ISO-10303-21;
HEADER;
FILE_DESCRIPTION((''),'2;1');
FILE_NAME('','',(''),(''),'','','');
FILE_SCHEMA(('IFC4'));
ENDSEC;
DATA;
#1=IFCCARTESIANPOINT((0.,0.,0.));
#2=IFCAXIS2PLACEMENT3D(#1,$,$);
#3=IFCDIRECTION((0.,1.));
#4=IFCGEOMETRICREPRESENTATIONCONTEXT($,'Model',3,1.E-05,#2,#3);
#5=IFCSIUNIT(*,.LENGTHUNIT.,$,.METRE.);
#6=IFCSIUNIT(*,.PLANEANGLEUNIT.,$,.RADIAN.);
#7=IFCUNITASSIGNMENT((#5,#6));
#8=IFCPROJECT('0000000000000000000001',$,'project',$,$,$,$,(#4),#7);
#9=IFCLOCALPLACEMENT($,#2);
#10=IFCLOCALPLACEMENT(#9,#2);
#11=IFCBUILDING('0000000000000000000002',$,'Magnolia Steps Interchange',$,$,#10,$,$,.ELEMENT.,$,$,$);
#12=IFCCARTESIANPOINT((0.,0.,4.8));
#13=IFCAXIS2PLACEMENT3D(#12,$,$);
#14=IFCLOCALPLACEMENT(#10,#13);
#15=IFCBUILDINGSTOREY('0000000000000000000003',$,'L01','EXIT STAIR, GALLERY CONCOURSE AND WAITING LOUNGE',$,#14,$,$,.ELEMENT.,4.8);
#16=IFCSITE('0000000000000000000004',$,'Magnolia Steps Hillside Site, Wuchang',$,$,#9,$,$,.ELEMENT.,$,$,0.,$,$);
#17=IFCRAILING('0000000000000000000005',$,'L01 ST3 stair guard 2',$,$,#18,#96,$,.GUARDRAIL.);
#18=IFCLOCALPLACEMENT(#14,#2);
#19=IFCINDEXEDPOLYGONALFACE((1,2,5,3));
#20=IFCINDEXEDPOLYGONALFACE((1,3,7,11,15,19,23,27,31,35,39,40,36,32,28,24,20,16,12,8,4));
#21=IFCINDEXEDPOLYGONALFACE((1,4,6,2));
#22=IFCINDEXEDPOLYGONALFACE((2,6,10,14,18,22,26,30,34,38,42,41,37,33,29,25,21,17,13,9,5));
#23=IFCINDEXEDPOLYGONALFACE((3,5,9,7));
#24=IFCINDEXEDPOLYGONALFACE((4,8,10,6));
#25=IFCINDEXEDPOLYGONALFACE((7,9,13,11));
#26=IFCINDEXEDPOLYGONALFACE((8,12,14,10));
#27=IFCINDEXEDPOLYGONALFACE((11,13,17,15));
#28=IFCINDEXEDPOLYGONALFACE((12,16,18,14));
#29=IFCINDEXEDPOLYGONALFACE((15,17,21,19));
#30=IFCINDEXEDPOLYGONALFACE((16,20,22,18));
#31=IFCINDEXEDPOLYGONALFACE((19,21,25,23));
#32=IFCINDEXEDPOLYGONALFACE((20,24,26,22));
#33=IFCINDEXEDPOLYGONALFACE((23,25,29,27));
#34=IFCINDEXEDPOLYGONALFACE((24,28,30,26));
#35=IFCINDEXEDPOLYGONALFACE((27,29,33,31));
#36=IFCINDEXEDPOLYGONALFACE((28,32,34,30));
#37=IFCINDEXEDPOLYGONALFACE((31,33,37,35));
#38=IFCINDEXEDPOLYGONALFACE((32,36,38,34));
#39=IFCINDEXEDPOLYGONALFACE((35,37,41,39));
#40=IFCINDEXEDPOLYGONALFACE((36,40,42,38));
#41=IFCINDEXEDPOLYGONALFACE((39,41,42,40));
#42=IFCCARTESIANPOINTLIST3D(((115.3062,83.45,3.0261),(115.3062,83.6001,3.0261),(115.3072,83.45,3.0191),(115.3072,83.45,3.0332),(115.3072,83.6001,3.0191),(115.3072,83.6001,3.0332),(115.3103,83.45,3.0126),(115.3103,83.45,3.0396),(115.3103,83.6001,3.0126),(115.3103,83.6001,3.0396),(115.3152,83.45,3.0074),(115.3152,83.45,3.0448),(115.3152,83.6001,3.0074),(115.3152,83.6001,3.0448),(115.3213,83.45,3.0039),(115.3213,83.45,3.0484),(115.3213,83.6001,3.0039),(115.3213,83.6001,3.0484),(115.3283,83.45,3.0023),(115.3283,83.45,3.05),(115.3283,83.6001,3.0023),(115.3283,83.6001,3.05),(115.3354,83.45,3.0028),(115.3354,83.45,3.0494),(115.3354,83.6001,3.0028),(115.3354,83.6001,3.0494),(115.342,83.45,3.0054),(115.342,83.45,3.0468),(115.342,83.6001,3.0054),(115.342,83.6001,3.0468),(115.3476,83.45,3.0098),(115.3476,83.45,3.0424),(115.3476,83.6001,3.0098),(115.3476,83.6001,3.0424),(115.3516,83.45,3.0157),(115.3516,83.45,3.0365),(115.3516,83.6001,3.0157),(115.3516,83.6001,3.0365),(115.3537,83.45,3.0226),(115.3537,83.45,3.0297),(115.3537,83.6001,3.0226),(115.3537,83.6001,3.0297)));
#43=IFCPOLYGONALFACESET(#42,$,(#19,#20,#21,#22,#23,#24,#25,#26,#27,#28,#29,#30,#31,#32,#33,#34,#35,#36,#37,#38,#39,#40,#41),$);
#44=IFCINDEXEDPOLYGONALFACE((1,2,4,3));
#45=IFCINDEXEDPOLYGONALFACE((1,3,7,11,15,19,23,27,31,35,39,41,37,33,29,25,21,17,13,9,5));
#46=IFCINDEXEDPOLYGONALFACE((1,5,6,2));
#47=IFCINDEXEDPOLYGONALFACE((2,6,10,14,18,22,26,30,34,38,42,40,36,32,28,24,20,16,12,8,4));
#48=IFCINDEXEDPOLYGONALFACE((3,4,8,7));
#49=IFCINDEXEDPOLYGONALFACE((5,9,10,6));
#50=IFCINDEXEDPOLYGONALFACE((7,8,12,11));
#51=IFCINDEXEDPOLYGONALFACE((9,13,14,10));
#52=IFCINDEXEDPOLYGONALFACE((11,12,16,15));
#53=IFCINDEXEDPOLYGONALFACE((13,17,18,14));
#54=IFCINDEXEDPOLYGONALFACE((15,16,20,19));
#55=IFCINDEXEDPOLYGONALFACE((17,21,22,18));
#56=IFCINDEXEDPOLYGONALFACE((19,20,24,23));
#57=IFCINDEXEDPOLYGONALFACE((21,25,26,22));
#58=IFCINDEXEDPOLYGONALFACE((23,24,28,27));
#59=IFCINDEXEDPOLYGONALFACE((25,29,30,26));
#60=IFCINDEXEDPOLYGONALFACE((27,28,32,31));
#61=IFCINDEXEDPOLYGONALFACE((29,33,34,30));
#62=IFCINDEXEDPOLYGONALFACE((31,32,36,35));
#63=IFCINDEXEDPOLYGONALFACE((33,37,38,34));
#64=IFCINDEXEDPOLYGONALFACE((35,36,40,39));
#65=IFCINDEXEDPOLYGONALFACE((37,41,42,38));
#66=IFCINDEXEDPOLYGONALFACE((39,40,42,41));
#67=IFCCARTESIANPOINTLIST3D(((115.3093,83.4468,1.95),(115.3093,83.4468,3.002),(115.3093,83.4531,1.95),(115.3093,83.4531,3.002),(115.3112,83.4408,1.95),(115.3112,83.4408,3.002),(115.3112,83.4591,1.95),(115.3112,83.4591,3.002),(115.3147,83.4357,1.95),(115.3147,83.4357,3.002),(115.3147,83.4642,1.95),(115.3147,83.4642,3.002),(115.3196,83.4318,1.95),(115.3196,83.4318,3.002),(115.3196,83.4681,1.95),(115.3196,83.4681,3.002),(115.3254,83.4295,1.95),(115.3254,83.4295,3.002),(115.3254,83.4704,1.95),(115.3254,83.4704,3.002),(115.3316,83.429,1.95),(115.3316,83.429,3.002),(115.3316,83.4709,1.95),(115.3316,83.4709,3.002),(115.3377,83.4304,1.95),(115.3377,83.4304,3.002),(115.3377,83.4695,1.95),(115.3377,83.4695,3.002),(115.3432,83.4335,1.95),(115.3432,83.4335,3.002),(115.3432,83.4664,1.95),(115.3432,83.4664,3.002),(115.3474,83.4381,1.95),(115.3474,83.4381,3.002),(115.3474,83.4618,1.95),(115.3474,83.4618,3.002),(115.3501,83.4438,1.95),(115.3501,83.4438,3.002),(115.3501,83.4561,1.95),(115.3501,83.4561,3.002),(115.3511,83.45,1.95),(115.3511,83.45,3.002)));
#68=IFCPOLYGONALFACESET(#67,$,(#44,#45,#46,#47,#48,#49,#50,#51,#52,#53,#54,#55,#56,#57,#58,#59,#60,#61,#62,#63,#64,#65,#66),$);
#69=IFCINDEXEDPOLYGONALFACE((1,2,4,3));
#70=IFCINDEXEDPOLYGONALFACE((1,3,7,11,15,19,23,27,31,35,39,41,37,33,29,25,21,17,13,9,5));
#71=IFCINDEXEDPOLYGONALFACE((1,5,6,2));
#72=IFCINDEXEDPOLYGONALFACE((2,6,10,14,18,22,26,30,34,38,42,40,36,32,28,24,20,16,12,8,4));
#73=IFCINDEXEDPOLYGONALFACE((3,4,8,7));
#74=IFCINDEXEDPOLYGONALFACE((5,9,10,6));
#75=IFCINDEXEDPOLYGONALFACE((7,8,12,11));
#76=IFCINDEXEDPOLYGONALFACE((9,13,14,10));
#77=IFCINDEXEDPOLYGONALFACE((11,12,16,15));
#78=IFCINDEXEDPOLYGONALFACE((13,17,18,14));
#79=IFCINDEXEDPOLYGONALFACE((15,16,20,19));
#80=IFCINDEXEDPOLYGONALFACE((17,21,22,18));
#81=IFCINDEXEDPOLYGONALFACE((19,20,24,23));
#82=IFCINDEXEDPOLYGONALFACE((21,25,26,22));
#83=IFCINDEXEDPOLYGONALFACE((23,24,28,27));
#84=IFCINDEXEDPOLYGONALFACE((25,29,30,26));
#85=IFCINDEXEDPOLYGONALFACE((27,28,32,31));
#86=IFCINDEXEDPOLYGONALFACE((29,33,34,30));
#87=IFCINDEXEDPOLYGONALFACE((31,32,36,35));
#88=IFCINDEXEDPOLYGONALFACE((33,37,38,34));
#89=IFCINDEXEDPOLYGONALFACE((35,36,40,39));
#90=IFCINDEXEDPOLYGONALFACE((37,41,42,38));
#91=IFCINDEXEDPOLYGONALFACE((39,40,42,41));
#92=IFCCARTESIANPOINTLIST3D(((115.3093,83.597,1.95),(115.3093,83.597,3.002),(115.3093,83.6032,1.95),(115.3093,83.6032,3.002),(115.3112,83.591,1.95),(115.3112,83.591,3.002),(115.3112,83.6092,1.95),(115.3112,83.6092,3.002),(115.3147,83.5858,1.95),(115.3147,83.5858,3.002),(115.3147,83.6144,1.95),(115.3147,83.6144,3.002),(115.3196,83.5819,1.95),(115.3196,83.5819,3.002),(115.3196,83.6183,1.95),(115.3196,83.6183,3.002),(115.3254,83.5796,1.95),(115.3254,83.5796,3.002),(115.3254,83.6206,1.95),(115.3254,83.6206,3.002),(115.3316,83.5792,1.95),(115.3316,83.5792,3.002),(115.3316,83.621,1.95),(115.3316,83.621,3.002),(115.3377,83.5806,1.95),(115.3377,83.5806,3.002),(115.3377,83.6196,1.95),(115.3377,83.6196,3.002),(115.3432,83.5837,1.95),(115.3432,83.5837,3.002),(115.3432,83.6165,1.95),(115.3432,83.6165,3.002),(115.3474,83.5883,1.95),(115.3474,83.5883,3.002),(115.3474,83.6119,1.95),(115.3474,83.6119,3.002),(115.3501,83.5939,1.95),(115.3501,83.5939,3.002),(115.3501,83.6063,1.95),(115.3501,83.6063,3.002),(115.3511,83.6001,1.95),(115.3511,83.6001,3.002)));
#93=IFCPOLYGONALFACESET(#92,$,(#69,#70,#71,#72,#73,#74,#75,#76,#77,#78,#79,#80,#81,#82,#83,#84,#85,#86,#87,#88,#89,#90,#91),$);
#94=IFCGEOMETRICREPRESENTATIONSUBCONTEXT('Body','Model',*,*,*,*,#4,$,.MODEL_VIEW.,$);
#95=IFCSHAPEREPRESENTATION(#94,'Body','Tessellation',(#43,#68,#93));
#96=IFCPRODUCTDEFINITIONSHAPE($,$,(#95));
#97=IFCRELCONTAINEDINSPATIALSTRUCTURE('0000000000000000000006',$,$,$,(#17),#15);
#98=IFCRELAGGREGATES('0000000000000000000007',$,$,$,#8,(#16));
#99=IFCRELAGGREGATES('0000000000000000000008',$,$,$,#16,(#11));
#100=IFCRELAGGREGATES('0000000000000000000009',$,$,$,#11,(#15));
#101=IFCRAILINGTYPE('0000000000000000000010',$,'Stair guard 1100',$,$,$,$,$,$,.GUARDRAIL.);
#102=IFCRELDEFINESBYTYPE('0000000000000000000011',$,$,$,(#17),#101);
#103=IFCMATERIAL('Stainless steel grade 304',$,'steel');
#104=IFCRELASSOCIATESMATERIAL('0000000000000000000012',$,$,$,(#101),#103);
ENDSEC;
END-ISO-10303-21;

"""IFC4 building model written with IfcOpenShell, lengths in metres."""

from ifc_helpers import new_model, si_unit, direction, frame, origin, origin_2d, place, context, subcontext, project, spatial, circle, extrude, material, type_object, element, save


model = new_model("IFC4")

# Units and contexts
model_context = context("Model", 3, precision=1e-05, world=origin(), true_north=direction((0.0, 1.0)))
body_context = subcontext(model_context, "Body", "Model", "MODEL_VIEW")
ifc_project = project(units=[si_unit("LENGTHUNIT", "METRE"), si_unit("PLANEANGLEUNIT", "RADIAN")], contexts=[model_context])

# Site, building, storey
site_placement = place(None, origin())
site = spatial("IfcSite", under=ifc_project, at=site_placement, Name="Magnolia Steps Hillside Site, Wuchang", CompositionType="ELEMENT", RefElevation=0.0)
building_placement = place(site_placement, origin())
building = spatial("IfcBuilding", under=site, at=building_placement, Name="Magnolia Steps Interchange", CompositionType="ELEMENT")
storey_placement = place(building_placement, frame((0.0, 0.0, 4.8)))
storey = spatial("IfcBuildingStorey", under=building, at=storey_placement, Name="L01", Description="EXIT STAIR, GALLERY CONCOURSE AND WAITING LOUNGE", CompositionType="ELEMENT", Elevation=4.8)

# Railing
ifc_material_1 = material(Name="Stainless steel grade 304", Category="steel")
railing_type_1 = type_object("IfcRailingType", Name="Stair guard 1100", PredefinedType="GUARDRAIL", material=ifc_material_1)
railing_1_placement = place(storey_placement, frame((115.3301, 83.45, 1.95)))
element("IfcRailing", 1, at=railing_1_placement, inside=storey, type_object=railing_type_1, Name="L01 ST3 stair guard 2", PredefinedType="GUARDRAIL", context=body_context, shape_type="SweptSolid", body=[
    extrude(circle(Radius=0.0239, at=origin_2d()), frame((0.0, 0.0, 1.0762), z_axis=(0.0, 1.0, 0.0), x_axis=(-1.0, 0.0, 0.0)), (0.0, 0.0, 1.0), 0.1501),
    extrude(circle(Radius=0.021, at=origin_2d()), origin(), (0.0, 0.0, 1.0), 1.052),
    extrude(circle(Radius=0.021, at=origin_2d()), frame((0.0, 0.1501, 0.0)), (0.0, 0.0, 1.0), 1.052),
])

save(model, "model.ifc")
